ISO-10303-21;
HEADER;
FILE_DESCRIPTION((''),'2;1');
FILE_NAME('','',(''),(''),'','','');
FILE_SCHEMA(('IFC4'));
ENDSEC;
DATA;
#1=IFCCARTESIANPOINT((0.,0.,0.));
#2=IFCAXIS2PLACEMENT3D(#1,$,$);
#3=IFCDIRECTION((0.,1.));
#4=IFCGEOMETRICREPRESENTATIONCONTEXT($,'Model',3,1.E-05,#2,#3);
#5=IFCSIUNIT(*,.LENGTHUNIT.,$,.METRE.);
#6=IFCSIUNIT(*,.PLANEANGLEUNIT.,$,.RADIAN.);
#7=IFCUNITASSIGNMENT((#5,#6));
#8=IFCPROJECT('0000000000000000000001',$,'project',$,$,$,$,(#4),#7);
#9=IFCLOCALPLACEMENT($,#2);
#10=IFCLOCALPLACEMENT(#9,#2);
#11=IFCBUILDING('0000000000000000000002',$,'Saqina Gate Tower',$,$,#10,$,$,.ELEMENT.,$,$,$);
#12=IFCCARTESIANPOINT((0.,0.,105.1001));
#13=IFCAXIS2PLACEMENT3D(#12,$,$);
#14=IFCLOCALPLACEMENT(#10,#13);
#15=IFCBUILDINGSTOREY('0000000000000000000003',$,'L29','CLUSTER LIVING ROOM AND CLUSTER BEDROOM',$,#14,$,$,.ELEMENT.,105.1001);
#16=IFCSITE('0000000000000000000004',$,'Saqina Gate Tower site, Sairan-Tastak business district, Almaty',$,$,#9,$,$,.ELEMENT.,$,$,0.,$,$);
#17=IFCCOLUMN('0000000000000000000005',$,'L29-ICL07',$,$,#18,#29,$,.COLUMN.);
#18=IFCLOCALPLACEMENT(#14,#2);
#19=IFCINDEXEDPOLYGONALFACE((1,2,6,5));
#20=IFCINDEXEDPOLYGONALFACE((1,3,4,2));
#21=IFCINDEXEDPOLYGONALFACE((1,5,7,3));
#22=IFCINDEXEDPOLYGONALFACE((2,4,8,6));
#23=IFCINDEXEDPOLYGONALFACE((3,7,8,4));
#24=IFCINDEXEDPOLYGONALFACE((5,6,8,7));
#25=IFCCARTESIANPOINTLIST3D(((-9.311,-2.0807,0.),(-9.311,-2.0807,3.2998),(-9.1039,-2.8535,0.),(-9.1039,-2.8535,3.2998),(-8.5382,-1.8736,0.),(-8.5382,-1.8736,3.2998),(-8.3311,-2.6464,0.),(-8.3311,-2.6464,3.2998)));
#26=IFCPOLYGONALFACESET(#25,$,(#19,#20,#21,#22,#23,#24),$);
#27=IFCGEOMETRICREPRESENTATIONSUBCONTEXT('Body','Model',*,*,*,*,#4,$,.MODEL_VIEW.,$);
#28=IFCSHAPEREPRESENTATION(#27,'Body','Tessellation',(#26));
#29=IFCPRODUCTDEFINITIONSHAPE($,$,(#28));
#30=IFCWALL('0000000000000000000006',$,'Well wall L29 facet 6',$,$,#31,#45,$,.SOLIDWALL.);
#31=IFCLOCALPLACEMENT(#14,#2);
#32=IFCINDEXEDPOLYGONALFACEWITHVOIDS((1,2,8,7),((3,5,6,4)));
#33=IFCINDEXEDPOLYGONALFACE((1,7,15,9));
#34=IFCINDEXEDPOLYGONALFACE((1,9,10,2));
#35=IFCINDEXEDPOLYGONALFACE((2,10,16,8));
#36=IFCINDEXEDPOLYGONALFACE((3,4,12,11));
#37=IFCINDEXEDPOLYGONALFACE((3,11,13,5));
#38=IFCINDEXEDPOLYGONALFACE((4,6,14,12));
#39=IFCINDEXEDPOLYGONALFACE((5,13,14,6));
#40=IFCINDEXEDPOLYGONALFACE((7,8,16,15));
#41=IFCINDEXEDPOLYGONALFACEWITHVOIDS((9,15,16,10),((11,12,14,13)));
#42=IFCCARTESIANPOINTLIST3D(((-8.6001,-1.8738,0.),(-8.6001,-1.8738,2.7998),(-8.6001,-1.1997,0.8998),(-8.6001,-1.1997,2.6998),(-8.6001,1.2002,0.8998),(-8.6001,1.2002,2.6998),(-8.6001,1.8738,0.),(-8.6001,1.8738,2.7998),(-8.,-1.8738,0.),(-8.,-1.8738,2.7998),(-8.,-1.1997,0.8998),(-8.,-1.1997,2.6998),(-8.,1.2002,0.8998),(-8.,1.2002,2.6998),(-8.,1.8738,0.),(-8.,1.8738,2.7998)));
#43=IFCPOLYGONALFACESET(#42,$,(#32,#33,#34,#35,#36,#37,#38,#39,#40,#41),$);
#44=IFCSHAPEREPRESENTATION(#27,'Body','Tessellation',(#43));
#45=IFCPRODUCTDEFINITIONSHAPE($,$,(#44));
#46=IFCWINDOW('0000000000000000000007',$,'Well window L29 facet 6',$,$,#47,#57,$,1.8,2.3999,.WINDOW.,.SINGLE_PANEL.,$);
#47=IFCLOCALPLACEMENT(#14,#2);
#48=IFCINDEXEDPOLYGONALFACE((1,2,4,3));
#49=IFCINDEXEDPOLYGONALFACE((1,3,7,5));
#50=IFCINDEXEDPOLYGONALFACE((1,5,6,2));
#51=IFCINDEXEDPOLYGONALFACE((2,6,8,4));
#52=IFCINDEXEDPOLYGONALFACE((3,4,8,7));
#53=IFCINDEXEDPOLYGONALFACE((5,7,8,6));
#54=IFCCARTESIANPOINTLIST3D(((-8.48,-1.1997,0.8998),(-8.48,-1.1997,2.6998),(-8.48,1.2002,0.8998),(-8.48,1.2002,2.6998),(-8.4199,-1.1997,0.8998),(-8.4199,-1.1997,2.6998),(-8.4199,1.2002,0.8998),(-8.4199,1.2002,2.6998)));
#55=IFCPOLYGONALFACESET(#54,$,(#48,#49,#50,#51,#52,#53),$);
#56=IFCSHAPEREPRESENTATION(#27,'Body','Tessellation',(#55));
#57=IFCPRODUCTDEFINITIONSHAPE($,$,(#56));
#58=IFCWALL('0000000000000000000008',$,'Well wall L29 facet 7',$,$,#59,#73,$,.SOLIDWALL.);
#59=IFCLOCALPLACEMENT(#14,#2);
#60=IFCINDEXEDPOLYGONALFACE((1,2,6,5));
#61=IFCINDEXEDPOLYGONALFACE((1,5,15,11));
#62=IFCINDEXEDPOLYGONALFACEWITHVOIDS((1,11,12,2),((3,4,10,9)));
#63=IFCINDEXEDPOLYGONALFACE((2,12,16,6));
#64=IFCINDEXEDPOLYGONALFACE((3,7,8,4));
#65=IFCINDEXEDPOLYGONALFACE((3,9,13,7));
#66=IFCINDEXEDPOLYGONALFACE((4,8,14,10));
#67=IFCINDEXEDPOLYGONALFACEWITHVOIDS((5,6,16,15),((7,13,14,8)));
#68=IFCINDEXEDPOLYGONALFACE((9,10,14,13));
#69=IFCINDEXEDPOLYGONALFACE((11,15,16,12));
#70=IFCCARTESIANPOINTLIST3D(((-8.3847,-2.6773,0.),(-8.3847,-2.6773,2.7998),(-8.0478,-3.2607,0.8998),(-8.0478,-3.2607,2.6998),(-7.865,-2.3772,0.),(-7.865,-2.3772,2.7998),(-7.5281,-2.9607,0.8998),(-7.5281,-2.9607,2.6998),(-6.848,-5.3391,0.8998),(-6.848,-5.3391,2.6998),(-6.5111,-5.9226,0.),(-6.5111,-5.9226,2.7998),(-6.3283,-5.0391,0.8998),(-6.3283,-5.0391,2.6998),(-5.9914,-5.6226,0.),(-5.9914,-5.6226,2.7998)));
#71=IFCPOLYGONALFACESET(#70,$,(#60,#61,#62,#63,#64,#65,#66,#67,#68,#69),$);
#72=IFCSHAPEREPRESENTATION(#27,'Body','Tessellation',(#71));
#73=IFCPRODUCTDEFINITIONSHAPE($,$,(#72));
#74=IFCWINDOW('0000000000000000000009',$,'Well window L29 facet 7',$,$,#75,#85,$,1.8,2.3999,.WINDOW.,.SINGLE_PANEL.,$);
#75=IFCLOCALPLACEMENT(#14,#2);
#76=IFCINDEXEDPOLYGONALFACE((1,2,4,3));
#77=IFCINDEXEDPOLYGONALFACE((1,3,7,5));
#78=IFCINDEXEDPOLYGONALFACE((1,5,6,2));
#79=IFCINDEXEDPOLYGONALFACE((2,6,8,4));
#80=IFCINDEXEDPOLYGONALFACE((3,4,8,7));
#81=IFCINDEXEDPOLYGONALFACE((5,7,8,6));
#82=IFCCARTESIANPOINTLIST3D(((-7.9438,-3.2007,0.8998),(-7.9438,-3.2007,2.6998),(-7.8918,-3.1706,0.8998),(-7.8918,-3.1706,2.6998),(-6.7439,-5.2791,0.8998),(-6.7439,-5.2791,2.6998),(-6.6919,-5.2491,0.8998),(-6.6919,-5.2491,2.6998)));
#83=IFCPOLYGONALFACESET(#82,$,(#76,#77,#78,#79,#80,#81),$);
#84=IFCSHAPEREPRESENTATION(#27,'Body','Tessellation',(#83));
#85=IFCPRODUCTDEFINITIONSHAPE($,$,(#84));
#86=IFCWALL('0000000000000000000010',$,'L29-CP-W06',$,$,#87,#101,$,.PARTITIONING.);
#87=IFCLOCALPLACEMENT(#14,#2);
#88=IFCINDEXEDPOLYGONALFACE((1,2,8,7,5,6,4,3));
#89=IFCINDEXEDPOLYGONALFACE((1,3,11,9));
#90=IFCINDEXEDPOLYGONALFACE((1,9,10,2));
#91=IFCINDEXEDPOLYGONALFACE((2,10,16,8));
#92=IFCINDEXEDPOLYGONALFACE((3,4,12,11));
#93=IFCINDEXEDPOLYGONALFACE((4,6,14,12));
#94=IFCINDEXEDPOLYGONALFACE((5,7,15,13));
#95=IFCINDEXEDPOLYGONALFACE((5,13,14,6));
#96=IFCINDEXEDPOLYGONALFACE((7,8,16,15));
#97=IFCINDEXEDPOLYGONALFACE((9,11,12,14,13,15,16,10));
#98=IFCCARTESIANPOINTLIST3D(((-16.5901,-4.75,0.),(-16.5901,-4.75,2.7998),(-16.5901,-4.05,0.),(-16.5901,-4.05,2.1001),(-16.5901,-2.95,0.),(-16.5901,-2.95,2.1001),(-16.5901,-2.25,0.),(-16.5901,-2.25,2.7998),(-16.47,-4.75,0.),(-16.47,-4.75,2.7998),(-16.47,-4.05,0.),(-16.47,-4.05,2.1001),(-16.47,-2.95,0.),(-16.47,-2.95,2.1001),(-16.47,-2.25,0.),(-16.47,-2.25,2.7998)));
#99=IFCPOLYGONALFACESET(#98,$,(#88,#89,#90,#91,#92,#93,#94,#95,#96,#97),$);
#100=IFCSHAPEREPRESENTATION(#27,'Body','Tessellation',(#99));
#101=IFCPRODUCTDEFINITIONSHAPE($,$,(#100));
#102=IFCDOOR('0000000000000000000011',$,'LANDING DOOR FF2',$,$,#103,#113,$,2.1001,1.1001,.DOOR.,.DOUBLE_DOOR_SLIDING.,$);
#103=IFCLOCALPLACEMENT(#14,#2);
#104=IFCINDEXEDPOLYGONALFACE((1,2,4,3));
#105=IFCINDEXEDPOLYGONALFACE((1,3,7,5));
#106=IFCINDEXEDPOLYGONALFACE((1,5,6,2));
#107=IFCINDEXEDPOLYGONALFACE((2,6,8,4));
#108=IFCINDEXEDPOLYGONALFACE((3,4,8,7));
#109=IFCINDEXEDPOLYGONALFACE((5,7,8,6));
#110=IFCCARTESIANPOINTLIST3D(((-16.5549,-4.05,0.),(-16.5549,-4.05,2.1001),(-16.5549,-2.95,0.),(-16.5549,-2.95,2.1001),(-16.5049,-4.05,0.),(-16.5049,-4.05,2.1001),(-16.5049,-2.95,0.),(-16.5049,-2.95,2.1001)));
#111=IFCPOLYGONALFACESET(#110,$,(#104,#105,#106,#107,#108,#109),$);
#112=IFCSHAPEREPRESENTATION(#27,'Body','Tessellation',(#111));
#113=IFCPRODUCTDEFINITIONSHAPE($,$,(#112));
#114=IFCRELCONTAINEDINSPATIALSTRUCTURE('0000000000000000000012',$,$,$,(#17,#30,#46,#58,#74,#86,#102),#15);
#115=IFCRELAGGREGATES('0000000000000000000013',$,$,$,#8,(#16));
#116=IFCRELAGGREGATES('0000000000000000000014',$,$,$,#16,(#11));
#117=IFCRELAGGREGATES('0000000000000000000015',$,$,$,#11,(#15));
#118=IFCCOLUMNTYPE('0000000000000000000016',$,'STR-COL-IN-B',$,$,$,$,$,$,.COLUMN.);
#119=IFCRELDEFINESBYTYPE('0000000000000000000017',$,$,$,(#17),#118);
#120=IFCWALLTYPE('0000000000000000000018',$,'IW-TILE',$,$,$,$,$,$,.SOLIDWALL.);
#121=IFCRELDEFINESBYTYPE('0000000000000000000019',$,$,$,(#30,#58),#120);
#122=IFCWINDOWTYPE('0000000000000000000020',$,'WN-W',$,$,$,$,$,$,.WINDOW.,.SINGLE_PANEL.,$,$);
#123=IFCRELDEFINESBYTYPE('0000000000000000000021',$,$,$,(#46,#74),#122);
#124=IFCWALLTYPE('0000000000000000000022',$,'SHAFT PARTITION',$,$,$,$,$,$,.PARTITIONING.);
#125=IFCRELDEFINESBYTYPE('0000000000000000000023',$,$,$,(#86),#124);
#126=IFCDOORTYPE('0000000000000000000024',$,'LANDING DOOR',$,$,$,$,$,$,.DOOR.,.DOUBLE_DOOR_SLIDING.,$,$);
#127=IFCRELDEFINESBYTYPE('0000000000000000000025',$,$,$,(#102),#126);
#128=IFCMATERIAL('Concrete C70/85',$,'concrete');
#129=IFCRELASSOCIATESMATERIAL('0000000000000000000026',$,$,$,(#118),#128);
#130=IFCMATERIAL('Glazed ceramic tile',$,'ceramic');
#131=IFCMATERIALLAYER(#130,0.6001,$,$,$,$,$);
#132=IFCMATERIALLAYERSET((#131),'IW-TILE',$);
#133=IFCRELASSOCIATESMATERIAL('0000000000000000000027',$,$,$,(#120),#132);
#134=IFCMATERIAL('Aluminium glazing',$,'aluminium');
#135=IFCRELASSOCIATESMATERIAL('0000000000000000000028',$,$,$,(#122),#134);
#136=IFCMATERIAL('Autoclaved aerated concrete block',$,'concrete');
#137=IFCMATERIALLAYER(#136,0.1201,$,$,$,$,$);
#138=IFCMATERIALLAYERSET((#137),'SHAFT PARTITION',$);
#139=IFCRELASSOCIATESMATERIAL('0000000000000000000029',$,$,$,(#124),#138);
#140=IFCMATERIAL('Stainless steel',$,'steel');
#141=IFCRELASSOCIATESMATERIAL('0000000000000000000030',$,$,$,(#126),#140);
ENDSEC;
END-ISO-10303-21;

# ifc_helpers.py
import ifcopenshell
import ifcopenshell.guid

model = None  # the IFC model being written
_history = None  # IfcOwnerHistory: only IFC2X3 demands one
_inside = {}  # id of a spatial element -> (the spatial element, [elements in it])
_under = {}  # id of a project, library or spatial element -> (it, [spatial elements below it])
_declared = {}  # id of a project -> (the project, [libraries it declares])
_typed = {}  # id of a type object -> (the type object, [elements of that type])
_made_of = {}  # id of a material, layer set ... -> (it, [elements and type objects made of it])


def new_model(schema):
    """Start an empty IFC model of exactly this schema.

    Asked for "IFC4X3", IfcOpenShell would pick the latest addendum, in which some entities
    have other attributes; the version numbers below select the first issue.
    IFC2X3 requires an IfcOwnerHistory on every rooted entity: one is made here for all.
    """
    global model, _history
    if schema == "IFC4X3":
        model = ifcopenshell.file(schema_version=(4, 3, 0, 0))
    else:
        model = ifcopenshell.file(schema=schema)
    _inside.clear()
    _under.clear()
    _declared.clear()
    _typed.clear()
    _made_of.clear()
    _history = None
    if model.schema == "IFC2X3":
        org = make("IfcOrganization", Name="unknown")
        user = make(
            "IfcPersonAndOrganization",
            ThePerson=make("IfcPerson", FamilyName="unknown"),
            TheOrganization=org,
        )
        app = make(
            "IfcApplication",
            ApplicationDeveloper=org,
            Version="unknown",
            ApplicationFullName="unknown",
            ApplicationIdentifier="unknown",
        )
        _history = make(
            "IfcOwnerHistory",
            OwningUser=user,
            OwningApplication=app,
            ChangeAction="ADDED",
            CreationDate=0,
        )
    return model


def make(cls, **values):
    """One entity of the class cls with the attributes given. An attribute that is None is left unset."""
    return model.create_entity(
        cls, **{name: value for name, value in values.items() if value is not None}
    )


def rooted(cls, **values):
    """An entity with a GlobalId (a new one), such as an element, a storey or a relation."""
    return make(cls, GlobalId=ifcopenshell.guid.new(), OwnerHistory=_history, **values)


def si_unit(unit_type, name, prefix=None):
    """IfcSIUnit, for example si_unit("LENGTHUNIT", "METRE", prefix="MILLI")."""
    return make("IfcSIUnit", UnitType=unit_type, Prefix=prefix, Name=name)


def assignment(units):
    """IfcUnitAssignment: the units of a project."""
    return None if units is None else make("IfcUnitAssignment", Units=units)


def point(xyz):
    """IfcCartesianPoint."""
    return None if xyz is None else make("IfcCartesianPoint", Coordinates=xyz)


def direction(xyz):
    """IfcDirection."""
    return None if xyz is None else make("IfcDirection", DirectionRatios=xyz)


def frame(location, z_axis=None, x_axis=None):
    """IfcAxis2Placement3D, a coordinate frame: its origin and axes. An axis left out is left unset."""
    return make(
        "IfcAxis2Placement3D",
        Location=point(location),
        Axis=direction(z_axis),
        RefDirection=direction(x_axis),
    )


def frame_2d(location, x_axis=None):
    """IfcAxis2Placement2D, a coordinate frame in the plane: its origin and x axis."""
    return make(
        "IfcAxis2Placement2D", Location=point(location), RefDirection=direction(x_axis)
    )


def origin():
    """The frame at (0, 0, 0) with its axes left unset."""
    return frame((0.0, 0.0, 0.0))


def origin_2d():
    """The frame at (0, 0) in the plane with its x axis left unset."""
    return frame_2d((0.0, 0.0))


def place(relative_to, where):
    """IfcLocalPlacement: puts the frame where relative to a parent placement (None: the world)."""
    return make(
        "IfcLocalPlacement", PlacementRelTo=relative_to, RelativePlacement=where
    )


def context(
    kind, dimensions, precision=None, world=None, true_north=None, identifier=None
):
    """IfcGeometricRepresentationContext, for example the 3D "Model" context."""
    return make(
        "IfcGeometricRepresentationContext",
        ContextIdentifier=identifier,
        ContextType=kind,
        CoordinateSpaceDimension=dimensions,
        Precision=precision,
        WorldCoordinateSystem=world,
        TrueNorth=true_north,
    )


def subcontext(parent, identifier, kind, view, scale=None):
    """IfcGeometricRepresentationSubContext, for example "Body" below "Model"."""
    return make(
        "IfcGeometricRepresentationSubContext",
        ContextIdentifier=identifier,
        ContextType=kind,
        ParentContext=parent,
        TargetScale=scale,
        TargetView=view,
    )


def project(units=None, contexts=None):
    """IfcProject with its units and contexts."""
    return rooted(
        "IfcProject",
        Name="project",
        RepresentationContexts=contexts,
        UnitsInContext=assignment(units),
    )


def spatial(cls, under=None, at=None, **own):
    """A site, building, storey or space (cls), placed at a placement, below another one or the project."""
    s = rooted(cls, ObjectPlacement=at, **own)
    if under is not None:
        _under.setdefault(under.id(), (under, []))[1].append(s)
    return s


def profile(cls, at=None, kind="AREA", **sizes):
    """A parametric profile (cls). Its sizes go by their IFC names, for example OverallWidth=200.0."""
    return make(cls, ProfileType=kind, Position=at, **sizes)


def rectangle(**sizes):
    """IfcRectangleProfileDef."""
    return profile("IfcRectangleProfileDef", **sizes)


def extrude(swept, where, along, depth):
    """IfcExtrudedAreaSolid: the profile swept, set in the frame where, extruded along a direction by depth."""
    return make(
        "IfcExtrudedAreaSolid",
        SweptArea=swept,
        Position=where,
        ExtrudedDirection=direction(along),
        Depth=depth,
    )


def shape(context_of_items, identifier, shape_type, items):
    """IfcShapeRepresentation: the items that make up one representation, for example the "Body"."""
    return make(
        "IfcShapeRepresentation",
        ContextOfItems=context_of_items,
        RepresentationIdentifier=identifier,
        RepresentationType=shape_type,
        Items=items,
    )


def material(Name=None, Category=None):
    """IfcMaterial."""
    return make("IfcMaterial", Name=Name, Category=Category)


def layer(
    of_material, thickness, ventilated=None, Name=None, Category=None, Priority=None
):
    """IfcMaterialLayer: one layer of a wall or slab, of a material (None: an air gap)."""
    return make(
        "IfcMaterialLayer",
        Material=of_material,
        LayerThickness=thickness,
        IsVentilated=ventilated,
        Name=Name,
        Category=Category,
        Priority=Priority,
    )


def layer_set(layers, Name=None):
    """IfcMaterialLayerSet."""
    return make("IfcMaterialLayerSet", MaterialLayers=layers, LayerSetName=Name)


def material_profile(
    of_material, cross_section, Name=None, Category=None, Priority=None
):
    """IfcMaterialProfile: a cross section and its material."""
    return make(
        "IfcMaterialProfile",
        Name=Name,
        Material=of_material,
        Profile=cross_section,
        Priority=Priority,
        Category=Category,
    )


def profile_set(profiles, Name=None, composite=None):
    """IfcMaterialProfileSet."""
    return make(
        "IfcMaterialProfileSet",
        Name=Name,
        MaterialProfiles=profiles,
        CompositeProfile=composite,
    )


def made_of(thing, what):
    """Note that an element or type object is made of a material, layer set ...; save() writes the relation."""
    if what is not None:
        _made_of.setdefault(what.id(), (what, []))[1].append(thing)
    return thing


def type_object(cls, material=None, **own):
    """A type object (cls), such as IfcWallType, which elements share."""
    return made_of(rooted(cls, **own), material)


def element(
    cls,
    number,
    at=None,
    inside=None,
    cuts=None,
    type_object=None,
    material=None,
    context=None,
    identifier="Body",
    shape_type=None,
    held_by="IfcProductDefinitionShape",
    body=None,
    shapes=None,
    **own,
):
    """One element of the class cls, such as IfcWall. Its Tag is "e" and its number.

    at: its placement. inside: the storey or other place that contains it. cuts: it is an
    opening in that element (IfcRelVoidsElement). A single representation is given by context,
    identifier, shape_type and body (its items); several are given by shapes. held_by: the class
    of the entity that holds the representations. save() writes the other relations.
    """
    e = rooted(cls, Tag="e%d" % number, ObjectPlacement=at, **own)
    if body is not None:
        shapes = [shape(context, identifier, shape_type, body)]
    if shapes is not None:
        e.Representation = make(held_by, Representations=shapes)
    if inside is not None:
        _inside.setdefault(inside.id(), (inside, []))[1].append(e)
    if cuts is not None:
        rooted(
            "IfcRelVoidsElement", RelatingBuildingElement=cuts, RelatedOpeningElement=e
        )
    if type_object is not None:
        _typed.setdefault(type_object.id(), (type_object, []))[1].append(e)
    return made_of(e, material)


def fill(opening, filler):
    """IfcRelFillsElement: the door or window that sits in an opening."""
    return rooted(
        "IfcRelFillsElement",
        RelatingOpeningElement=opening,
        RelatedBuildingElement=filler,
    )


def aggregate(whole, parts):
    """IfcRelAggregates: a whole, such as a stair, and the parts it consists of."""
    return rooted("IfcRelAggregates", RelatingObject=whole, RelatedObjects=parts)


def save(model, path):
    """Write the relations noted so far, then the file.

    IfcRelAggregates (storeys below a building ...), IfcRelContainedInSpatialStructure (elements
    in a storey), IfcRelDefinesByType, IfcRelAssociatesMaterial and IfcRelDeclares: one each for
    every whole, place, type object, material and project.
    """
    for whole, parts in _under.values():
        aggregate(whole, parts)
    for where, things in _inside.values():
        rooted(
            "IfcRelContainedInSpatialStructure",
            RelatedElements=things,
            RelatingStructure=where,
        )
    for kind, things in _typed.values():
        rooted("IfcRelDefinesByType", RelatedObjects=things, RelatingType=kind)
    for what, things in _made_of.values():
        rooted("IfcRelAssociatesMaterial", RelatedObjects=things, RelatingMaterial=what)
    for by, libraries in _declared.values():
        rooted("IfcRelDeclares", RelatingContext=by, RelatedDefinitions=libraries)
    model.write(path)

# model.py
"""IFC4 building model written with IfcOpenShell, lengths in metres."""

from ifc_helpers import new_model, si_unit, direction, frame, frame_2d, origin, origin_2d, place, context, subcontext, project, spatial, rectangle, extrude, material, layer, layer_set, material_profile, profile_set, type_object, element, fill, save


model = new_model("IFC4")

# Units and contexts
model_context = context("Model", 3, precision=1e-05, world=origin(), true_north=direction((0.0, 1.0)))
body_context = subcontext(model_context, "Body", "Model", "MODEL_VIEW")
ifc_project = project(units=[si_unit("LENGTHUNIT", "METRE"), si_unit("PLANEANGLEUNIT", "RADIAN")], contexts=[model_context])

# Site, building, storey
site_placement = place(None, origin())
site = spatial("IfcSite", under=ifc_project, at=site_placement, Name="Saqina Gate Tower site, Sairan-Tastak business district, Almaty", CompositionType="ELEMENT", RefElevation=0.0)
building_placement = place(site_placement, origin())
building = spatial("IfcBuilding", under=site, at=building_placement, Name="Saqina Gate Tower", CompositionType="ELEMENT")
storey_placement = place(building_placement, frame((0.0, 0.0, 105.1001)))
storey = spatial("IfcBuildingStorey", under=building, at=storey_placement, Name="L29", Description="CLUSTER LIVING ROOM AND CLUSTER BEDROOM", CompositionType="ELEMENT", Elevation=105.1001)

# Column
ifc_material_1 = material(Name="Concrete C70/85", Category="concrete")
ifc_material_profile = material_profile(ifc_material_1, rectangle(XDim=0.8, YDim=0.8, at=origin_2d()), Name="RC 800x800")
ifc_profile_set = profile_set([ifc_material_profile], Name="Concrete C70/85")
column_type = type_object("IfcColumnType", Name="STR-COL-IN-B", PredefinedType="COLUMN", material=ifc_profile_set)
column_placement = place(storey_placement, frame((-8.821, -2.3635, 0.0), z_axis=(0.0, 0.0, 1.0), x_axis=(-0.965926, -0.258819, 0.0)))
element("IfcColumn", 1, at=column_placement, inside=storey, type_object=column_type, Name="L29-ICL07", PredefinedType="COLUMN", context=body_context, shape_type="SweptSolid", body=[
    extrude(rectangle(XDim=0.8, YDim=0.8, at=origin_2d()), origin(), (0.0, 0.0, 1.0), 3.2998),
])

# Walls, openings, windows
ifc_material_2 = material(Name="Glazed ceramic tile", Category="ceramic")
ifc_layer_1 = layer(ifc_material_2, 0.6001)
ifc_layer_set_1 = layer_set([ifc_layer_1], Name="IW-TILE")
wall_type_1 = type_object("IfcWallType", Name="IW-TILE", PredefinedType="SOLIDWALL", material=ifc_layer_set_1)
wall_1_placement = place(storey_placement, frame((-8.3, 1.8738, 0.0), z_axis=(0.0, 0.0, 1.0), x_axis=(0.0, -1.0, 0.0)))
wall_1 = element("IfcWall", 2, at=wall_1_placement, inside=storey, type_object=wall_type_1, Name="Well wall L29 facet 6", PredefinedType="SOLIDWALL", context=body_context, shape_type="SweptSolid", body=[
    extrude(rectangle(XDim=3.7476, YDim=0.6001, at=frame_2d((1.8738, 0.0))), origin(), (0.0, 0.0, 1.0), 2.7998),
])
opening_1_placement = place(wall_1_placement, frame((0.6736, 0.0, 0.8999)))
opening_1 = element("IfcOpeningElement", 3, at=opening_1_placement, cuts=wall_1, PredefinedType="OPENING", context=body_context, shape_type="SweptSolid", body=[
    extrude(rectangle(XDim=2.3999, YDim=1.8, at=frame_2d((1.2, 0.8999))), frame((0.0, 0.312, 0.0), z_axis=(0.0, -1.0, 0.0), x_axis=(1.0, 0.0, 0.0)), (0.0, 0.0, 1.0), 0.624),
])
ifc_material_3 = material(Name="Aluminium glazing", Category="aluminium")
window_type = type_object("IfcWindowType", Name="WN-W", PartitioningType="SINGLE_PANEL", PredefinedType="WINDOW", material=ifc_material_3)
window_1_placement = place(opening_1_placement, origin())
window_1 = element("IfcWindow", 4, at=window_1_placement, inside=storey, type_object=window_type, Name="Well window L29 facet 6", OverallHeight=1.8, OverallWidth=2.3999, PartitioningType="SINGLE_PANEL", PredefinedType="WINDOW", context=body_context, shape_type="SweptSolid", body=[
    extrude(rectangle(XDim=2.3999, YDim=1.8, at=frame_2d((1.2, 0.8999))), frame((0.0, -0.1199, 0.0), z_axis=(0.0, -1.0, 0.0), x_axis=(1.0, 0.0, 0.0)), (0.0, 0.0, 1.0), 0.0601),
])
fill(opening_1, window_1)
wall_2_placement = place(storey_placement, frame((-8.1248, -2.5273, 0.0), z_axis=(0.0, 0.0, 1.0), x_axis=(0.499965, -0.866046, 0.0)))
wall_2 = element("IfcWall", 5, at=wall_2_placement, inside=storey, type_object=wall_type_1, Name="Well wall L29 facet 7", PredefinedType="SOLIDWALL", context=body_context, shape_type="SweptSolid", body=[
    extrude(rectangle(XDim=3.7473, YDim=0.6001, at=frame_2d((1.8735, 0.0))), origin(), (0.0, 0.0, 1.0), 2.7998),
])
opening_2_placement = place(wall_2_placement, frame((0.6736, 0.0, 0.8999)))
opening_2 = element("IfcOpeningElement", 6, at=opening_2_placement, cuts=wall_2, PredefinedType="OPENING", context=body_context, shape_type="SweptSolid", body=[
    extrude(rectangle(XDim=2.3999, YDim=1.8, at=frame_2d((1.2, 0.8999))), frame((0.0, 0.312, 0.0), z_axis=(0.0, -1.0, 0.0), x_axis=(1.0, 0.0, 0.0)), (0.0, 0.0, 1.0), 0.624),
])
window_2_placement = place(opening_2_placement, origin())
window_2 = element("IfcWindow", 7, at=window_2_placement, inside=storey, type_object=window_type, Name="Well window L29 facet 7", OverallHeight=1.8, OverallWidth=2.3999, PartitioningType="SINGLE_PANEL", PredefinedType="WINDOW", context=body_context, shape_type="SweptSolid", body=[
    extrude(rectangle(XDim=2.3999, YDim=1.8, at=frame_2d((1.2, 0.8999))), frame((0.0, -0.1199, 0.0), z_axis=(0.0, -1.0, 0.0), x_axis=(1.0, 0.0, 0.0)), (0.0, 0.0, 1.0), 0.0601),
])
fill(opening_2, window_2)

# Wall, opening, door
ifc_material_4 = material(Name="Autoclaved aerated concrete block", Category="concrete")
ifc_layer_2 = layer(ifc_material_4, 0.1201)
ifc_layer_set_2 = layer_set([ifc_layer_2], Name="SHAFT PARTITION")
wall_type_2 = type_object("IfcWallType", Name="SHAFT PARTITION", PredefinedType="PARTITIONING", material=ifc_layer_set_2)
wall_3_placement = place(storey_placement, frame((-16.53, -4.75, 0.0), z_axis=(0.0, 0.0, 1.0), x_axis=(0.0, 1.0, 0.0)))
wall_3 = element("IfcWall", 8, at=wall_3_placement, inside=storey, type_object=wall_type_2, Name="L29-CP-W06", PredefinedType="PARTITIONING", context=body_context, shape_type="SweptSolid", body=[
    extrude(rectangle(XDim=2.5, YDim=0.1201, at=frame_2d((1.25, 0.0))), origin(), (0.0, 0.0, 1.0), 2.7998),
])
opening_3_placement = place(wall_3_placement, frame((0.7, 0.0, 0.0)))
opening_3 = element("IfcOpeningElement", 9, at=opening_3_placement, cuts=wall_3, PredefinedType="OPENING", context=body_context, shape_type="SweptSolid", body=[
    extrude(rectangle(XDim=1.1001, YDim=2.1001, at=frame_2d((0.55, 1.05))), frame((0.0, 0.072, 0.0), z_axis=(0.0, -1.0, 0.0), x_axis=(1.0, 0.0, 0.0)), (0.0, 0.0, 1.0), 0.144),
])
ifc_material_5 = material(Name="Stainless steel", Category="steel")
door_type_1 = type_object("IfcDoorType", Name="LANDING DOOR", OperationType="DOUBLE_DOOR_SLIDING", PredefinedType="DOOR", material=ifc_material_5)
door_1_placement = place(opening_3_placement, origin())
door_1 = element("IfcDoor", 10, at=door_1_placement, inside=storey, type_object=door_type_1, Name="LANDING DOOR FF2", OperationType="DOUBLE_DOOR_SLIDING", OverallHeight=2.1001, OverallWidth=1.1001, PredefinedType="DOOR", context=body_context, shape_type="SweptSolid", body=[
    extrude(rectangle(XDim=1.1001, YDim=2.1001, at=frame_2d((0.55, 1.05))), frame((0.0, 0.0249, 0.0), z_axis=(0.0, -1.0, 0.0), x_axis=(1.0, 0.0, 0.0)), (0.0, 0.0, 1.0), 0.05),
])
fill(opening_3, door_1)

save(model, "model.ifc")
